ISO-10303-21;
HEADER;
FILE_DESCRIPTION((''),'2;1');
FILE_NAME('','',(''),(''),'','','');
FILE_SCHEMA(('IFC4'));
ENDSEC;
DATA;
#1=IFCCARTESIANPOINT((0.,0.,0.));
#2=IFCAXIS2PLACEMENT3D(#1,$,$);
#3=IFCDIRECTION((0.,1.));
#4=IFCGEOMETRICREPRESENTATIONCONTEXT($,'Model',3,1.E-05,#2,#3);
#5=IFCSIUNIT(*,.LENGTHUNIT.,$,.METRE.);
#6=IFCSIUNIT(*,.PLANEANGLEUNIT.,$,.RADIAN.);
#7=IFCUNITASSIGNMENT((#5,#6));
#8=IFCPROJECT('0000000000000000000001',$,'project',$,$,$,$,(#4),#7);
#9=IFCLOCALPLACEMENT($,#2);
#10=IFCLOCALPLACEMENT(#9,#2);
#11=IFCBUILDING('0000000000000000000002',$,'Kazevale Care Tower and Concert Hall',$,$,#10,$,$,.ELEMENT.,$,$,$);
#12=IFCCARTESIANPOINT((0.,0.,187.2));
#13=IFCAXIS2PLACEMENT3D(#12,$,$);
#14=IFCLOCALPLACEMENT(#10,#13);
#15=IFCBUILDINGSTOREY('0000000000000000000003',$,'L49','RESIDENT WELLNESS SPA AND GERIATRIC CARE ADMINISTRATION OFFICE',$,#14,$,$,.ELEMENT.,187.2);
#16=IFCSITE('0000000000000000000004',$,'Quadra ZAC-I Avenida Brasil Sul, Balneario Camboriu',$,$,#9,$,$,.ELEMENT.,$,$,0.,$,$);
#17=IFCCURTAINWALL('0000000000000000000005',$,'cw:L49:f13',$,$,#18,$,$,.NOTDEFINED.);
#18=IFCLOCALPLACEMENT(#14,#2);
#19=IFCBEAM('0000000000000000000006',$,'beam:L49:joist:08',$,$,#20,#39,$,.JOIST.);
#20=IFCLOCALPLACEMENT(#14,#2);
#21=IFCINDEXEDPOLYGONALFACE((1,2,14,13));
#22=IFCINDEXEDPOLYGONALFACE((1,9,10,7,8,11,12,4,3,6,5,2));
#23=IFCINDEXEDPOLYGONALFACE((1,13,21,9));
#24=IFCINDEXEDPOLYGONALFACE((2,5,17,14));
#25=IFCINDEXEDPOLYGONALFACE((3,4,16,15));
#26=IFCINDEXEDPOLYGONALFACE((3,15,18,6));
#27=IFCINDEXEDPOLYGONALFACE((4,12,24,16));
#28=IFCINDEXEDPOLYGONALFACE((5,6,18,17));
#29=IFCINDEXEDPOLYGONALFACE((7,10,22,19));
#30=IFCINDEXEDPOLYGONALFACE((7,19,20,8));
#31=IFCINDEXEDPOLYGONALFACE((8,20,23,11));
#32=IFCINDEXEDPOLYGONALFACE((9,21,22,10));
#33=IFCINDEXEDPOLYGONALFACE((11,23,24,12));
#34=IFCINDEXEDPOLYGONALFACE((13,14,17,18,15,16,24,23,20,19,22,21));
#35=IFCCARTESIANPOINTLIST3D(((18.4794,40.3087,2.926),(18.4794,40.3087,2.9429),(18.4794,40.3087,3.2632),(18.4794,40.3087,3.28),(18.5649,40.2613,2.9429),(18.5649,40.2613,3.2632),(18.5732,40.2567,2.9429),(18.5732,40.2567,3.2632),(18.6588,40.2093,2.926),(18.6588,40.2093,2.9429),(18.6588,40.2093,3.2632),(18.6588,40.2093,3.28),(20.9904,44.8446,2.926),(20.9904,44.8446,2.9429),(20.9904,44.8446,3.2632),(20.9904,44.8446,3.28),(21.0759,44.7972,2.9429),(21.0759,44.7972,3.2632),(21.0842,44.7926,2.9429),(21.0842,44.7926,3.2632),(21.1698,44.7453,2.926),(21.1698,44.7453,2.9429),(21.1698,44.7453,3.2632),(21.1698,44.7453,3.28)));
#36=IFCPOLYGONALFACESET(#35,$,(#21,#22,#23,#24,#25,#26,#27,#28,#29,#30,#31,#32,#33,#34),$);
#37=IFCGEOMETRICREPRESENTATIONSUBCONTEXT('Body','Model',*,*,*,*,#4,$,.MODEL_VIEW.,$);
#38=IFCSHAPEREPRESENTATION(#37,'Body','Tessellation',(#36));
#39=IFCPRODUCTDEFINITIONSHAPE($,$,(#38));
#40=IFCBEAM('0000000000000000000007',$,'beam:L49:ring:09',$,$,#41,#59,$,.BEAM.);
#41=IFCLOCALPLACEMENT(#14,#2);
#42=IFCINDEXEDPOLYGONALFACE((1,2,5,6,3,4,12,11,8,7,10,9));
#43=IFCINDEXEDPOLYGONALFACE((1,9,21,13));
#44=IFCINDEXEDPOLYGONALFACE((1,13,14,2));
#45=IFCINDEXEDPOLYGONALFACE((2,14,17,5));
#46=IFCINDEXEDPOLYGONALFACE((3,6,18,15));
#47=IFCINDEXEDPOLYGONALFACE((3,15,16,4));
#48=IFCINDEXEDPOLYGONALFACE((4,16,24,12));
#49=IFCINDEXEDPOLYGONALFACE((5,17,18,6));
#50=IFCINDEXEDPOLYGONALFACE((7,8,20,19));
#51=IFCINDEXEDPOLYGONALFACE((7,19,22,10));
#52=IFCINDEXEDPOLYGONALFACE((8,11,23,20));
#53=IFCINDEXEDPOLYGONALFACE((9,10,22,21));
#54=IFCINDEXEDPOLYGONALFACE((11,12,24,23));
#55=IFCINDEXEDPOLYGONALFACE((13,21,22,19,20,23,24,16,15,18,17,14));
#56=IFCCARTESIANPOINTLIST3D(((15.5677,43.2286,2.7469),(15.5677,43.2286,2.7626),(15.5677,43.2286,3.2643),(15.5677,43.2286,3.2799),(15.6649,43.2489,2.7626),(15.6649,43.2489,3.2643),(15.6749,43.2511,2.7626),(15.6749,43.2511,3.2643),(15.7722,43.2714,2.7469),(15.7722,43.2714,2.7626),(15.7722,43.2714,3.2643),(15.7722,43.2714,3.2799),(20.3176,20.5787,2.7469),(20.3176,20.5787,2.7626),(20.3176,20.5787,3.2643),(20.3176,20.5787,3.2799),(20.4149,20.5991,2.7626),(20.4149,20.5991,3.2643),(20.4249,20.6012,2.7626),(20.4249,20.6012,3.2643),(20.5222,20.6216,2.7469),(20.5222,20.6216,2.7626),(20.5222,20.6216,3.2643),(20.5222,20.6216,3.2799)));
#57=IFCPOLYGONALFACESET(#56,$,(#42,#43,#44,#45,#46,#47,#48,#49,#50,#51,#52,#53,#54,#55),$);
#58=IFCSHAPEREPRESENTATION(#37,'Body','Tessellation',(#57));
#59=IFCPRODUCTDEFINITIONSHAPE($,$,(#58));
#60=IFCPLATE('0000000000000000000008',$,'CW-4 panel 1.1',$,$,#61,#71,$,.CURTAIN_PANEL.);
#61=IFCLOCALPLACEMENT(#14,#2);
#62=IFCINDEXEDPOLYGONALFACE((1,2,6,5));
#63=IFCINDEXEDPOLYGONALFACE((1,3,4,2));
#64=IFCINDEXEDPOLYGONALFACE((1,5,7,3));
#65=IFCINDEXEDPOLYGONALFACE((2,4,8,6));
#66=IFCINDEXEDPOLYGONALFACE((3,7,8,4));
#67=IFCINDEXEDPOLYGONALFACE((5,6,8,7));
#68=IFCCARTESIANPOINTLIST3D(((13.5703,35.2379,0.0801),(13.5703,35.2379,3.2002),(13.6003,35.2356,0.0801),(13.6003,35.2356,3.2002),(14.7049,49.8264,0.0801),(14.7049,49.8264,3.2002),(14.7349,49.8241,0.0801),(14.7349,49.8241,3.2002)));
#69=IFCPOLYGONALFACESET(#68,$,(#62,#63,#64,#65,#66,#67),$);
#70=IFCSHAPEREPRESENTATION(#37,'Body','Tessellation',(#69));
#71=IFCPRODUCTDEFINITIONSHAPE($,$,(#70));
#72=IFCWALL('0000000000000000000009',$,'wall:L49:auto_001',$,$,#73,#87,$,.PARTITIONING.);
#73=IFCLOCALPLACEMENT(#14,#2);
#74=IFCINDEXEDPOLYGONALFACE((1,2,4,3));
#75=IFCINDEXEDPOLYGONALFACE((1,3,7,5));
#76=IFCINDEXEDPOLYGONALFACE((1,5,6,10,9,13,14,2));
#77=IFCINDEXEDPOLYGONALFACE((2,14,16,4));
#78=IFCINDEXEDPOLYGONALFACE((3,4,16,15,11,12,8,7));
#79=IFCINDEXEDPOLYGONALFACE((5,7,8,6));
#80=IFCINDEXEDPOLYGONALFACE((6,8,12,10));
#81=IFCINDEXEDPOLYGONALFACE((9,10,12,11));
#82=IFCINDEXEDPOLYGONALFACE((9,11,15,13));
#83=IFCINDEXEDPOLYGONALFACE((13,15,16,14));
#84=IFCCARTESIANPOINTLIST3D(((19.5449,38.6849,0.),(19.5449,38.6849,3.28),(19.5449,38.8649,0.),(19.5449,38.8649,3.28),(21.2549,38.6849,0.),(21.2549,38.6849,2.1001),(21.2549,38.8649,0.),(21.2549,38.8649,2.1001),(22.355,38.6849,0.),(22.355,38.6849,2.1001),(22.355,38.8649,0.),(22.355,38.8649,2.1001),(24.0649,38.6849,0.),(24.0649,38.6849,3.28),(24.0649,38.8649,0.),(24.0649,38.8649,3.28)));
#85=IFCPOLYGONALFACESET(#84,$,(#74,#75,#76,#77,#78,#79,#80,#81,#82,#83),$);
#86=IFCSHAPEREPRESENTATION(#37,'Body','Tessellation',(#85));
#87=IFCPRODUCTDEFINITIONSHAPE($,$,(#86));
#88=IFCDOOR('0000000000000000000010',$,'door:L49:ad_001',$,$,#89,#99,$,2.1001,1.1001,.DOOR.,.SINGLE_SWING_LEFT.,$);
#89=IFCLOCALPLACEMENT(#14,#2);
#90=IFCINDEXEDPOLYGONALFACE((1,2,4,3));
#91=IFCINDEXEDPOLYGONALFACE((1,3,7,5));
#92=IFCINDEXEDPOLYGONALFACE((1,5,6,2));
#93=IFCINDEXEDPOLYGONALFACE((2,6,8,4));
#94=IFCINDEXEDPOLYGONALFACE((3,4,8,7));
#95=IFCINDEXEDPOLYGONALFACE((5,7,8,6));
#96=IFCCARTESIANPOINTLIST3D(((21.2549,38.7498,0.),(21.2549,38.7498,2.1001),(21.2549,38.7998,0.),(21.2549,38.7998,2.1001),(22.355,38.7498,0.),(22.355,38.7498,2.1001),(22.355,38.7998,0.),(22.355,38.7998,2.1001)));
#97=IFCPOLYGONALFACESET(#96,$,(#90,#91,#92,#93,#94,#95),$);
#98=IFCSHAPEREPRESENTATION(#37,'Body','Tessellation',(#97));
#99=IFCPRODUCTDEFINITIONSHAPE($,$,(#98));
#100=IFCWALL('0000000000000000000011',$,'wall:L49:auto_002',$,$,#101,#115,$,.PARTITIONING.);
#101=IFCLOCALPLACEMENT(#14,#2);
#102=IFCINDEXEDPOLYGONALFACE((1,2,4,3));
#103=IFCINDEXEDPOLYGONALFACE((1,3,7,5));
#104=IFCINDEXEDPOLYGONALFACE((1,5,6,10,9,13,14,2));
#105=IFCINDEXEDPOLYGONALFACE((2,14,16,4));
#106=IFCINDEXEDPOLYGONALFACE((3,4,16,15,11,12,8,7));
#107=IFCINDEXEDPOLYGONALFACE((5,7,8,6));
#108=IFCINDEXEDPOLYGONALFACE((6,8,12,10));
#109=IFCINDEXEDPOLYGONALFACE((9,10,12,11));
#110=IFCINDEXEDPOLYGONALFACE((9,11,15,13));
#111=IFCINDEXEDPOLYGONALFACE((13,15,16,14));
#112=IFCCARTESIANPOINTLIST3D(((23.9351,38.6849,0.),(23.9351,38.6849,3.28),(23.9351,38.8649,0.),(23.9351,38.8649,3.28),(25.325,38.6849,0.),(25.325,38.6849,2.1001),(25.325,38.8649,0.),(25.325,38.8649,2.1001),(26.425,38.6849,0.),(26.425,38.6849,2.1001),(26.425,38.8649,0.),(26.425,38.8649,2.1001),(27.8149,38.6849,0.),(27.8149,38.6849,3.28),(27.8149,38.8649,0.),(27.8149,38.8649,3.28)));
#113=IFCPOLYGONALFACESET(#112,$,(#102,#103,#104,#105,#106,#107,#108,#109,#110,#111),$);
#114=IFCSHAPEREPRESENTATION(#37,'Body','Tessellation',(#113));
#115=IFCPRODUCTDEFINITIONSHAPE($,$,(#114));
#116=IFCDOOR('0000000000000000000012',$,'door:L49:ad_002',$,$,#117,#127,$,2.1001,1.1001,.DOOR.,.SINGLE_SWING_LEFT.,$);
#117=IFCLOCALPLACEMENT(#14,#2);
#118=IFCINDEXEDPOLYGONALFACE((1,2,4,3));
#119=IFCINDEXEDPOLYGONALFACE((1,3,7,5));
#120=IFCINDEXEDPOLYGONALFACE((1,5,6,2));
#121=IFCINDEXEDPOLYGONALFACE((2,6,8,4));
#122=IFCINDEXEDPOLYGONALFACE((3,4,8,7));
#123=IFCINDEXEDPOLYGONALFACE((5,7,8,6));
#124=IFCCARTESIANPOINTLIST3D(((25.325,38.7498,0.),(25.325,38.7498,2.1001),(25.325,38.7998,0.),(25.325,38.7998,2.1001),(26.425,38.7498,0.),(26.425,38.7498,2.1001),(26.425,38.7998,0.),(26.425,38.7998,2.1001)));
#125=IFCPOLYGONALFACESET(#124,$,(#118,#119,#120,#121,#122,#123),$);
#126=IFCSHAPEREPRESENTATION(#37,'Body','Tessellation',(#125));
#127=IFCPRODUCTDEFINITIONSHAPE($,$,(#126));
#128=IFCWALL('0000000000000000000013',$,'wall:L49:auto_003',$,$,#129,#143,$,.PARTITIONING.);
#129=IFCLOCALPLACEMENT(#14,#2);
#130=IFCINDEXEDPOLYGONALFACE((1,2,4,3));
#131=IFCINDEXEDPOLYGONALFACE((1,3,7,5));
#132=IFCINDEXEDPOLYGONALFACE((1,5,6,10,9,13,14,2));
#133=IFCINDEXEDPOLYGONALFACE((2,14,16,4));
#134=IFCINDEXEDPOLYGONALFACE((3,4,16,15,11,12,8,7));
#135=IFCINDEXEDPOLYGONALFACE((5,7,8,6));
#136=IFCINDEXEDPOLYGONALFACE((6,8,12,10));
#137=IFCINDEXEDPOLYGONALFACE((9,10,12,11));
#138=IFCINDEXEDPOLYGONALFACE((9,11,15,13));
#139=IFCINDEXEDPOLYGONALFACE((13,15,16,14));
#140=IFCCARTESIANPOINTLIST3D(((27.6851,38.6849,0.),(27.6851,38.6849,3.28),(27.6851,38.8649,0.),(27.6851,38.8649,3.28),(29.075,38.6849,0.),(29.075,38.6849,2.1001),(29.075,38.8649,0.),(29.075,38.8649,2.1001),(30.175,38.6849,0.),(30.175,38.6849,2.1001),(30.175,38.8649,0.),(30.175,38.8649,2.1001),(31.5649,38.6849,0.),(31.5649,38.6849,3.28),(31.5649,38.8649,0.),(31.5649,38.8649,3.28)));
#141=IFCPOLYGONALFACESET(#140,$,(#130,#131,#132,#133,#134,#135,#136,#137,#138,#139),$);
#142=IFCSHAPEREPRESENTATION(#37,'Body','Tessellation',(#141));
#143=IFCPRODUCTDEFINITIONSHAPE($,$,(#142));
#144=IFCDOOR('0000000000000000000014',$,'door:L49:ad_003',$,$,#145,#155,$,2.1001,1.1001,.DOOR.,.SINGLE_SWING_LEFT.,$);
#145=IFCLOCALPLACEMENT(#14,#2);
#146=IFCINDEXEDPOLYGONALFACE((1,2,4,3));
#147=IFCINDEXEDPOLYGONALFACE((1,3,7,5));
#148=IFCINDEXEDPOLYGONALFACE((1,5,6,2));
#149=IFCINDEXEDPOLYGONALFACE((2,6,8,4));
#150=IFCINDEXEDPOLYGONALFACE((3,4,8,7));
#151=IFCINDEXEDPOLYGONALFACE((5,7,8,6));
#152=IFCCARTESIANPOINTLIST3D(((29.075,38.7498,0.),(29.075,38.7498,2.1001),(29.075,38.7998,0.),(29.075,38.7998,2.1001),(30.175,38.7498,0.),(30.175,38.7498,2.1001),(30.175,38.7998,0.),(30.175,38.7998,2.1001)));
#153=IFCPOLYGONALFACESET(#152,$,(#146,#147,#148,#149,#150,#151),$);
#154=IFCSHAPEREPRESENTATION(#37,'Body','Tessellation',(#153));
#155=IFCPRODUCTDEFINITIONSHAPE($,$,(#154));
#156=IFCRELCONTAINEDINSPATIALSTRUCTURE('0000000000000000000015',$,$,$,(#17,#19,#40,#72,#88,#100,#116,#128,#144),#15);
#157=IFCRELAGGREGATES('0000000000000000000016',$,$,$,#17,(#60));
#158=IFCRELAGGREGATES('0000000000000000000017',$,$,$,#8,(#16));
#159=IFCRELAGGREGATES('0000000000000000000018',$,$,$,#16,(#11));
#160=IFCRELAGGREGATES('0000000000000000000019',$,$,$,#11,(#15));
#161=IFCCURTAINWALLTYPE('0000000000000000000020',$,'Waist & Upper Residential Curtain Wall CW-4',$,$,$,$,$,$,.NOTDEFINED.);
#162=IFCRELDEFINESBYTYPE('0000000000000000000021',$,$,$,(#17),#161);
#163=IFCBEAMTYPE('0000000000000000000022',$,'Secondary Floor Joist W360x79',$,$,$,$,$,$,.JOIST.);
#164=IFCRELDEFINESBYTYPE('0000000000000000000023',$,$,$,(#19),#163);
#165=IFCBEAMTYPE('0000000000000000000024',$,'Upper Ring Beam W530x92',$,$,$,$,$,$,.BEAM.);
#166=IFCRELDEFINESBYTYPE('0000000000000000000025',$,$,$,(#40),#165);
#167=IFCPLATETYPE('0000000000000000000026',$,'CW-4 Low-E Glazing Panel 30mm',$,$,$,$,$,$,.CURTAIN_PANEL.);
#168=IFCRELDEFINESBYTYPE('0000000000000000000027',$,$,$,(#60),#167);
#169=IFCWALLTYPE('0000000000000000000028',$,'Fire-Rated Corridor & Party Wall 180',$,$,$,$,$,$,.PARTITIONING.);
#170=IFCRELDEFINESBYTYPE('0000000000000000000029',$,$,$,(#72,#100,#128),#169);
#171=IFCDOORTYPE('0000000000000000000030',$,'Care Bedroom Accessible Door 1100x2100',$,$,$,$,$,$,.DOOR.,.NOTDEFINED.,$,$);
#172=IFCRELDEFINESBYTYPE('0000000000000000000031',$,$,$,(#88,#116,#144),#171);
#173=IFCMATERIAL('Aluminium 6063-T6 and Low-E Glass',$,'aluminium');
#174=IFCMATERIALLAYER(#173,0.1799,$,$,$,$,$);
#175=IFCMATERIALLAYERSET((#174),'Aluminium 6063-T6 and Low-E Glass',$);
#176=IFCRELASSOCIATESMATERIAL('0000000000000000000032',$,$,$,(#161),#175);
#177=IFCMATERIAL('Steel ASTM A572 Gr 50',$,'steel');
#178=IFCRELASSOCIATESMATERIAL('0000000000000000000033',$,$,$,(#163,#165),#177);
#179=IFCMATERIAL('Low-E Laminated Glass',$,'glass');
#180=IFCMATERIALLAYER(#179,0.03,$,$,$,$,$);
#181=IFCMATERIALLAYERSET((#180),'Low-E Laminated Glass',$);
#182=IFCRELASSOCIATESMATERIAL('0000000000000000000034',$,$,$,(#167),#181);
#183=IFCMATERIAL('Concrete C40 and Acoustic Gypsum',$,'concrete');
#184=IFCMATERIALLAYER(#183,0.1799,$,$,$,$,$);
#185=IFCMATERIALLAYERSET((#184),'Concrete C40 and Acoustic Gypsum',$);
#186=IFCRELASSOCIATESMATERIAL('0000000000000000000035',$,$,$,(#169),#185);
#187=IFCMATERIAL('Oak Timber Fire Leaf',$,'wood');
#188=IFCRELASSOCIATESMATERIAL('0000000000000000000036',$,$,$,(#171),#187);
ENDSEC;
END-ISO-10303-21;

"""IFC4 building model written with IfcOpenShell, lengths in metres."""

from ifc_helpers import new_model, si_unit, direction, frame, frame_2d, origin, origin_2d, place, context, subcontext, project, spatial, rectangle, i_section, extrude, material, layer, layer_set, material_profile, profile_set, type_object, element, fill, aggregate, save


model = new_model("IFC4")

# Units and contexts
model_context = context("Model", 3, precision=1e-05, world=origin(), true_north=direction((0.0, 1.0)))
body_context = subcontext(model_context, "Body", "Model", "MODEL_VIEW")
ifc_project = project(units=[si_unit("LENGTHUNIT", "METRE"), si_unit("PLANEANGLEUNIT", "RADIAN")], contexts=[model_context])

# Site, building, storey
site_placement = place(None, origin())
site = spatial("IfcSite", under=ifc_project, at=site_placement, Name="Quadra ZAC-I Avenida Brasil Sul, Balneario Camboriu", CompositionType="ELEMENT", RefElevation=0.0)
building_placement = place(site_placement, origin())
building = spatial("IfcBuilding", under=site, at=building_placement, Name="Kazevale Care Tower and Concert Hall", CompositionType="ELEMENT")
storey_placement = place(building_placement, frame((0.0, 0.0, 187.2)))
storey = spatial("IfcBuildingStorey", under=building, at=storey_placement, Name="L49", Description="RESIDENT WELLNESS SPA AND GERIATRIC CARE ADMINISTRATION OFFICE", CompositionType="ELEMENT", Elevation=187.2)

# Curtain wall
ifc_material_1 = material(Name="Aluminium 6063-T6 and Low-E Glass", Category="aluminium")
ifc_layer_1 = layer(ifc_material_1, 0.1799)
ifc_layer_set_1 = layer_set([ifc_layer_1], Name="Aluminium 6063-T6 and Low-E Glass")
curtain_wall_type = type_object("IfcCurtainWallType", Name="Waist & Upper Residential Curtain Wall CW-4", PredefinedType="NOTDEFINED", material=ifc_layer_set_1)
curtain_wall_1_placement = place(storey_placement, origin())
curtain_wall_1 = element("IfcCurtainWall", 1, at=curtain_wall_1_placement, inside=storey, type_object=curtain_wall_type, Name="cw:L49:f13", PredefinedType="NOTDEFINED")

# Beams
ifc_material_2 = material(Name="Steel ASTM A572 Gr 50", Category="steel")
ifc_material_profile_1 = material_profile(ifc_material_2, i_section(OverallWidth=0.2051, OverallDepth=0.354, WebThickness=0.0095, FlangeThickness=0.0168, at=origin_2d()), Name="W360x79")
ifc_profile_set_1 = profile_set([ifc_material_profile_1], Name="Steel ASTM A572 Gr 50")
beam_type_1 = type_object("IfcBeamType", Name="Secondary Floor Joist W360x79", PredefinedType="JOIST", material=ifc_profile_set_1)
beam_1_placement = place(storey_placement, frame((21.0801, 44.7949, 3.103), z_axis=(-0.484323, -0.874889, 0.0), x_axis=(0.874889, -0.484323, 0.0)))
element("IfcBeam", 2, at=beam_1_placement, inside=storey, type_object=beam_type_1, Name="beam:L49:joist:08", PredefinedType="JOIST", context=body_context, shape_type="SweptSolid", body=[
    extrude(i_section(OverallWidth=0.2051, OverallDepth=0.354, WebThickness=0.0095, FlangeThickness=0.0168, at=origin_2d()), origin(), (0.0, 0.0, 1.0), 5.1846),
])
ifc_material_profile_2 = material_profile(ifc_material_2, i_section(OverallWidth=0.209, OverallDepth=0.533, WebThickness=0.0103, FlangeThickness=0.0156, at=origin_2d()), Name="W530x92")
ifc_profile_set_2 = profile_set([ifc_material_profile_2], Name="Steel ASTM A572 Gr 50")
beam_type_2 = type_object("IfcBeamType", Name="Upper Ring Beam W530x92", PredefinedType="BEAM", material=ifc_profile_set_2)
beam_2_placement = place(storey_placement, frame((15.6699, 43.25, 3.0134), z_axis=(0.205249, -0.97871, 0.0), x_axis=(0.97871, 0.205249, 0.0)))
element("IfcBeam", 3, at=beam_2_placement, inside=storey, type_object=beam_type_2, Name="beam:L49:ring:09", PredefinedType="BEAM", context=body_context, shape_type="SweptSolid", body=[
    extrude(i_section(OverallWidth=0.209, OverallDepth=0.533, WebThickness=0.0103, FlangeThickness=0.0156, at=origin_2d()), origin(), (0.0, 0.0, 1.0), 23.1426),
])

# Plate
ifc_material_3 = material(Name="Low-E Laminated Glass", Category="glass")
ifc_layer_2 = layer(ifc_material_3, 0.03)
ifc_layer_set_2 = layer_set([ifc_layer_2], Name="Low-E Laminated Glass")
plate_type = type_object("IfcPlateType", Name="CW-4 Low-E Glazing Panel 30mm", PredefinedType="CURTAIN_PANEL", material=ifc_layer_set_2)
plate_placement = place(storey_placement, frame((14.1526, 42.531, 0.0801), z_axis=(0.0, 0.0, 1.0), x_axis=(0.077539, 0.996989, 0.0)))
plate = element("IfcPlate", 4, at=plate_placement, type_object=plate_type, Name="CW-4 panel 1.1", PredefinedType="CURTAIN_PANEL", context=body_context, shape_type="SweptSolid", body=[
    extrude(rectangle(XDim=14.6326, YDim=0.03, at=origin_2d()), origin(), (0.0, 0.0, 1.0), 3.1201),
])
aggregate(curtain_wall_1, [plate])

# Walls, openings, doors
ifc_material_4 = material(Name="Concrete C40 and Acoustic Gypsum", Category="concrete")
ifc_layer_3 = layer(ifc_material_4, 0.1799)
ifc_layer_set_3 = layer_set([ifc_layer_3], Name="Concrete C40 and Acoustic Gypsum")
wall_type = type_object("IfcWallType", Name="Fire-Rated Corridor & Party Wall 180", PredefinedType="PARTITIONING", material=ifc_layer_set_3)
wall_1_placement = place(storey_placement, frame((19.5449, 38.7749, 0.0), z_axis=(0.0, 0.0, 1.0), x_axis=(1.0, 0.0, 0.0)))
wall_1 = element("IfcWall", 5, at=wall_1_placement, inside=storey, type_object=wall_type, Name="wall:L49:auto_001", PredefinedType="PARTITIONING", context=body_context, shape_type="SweptSolid", body=[
    extrude(rectangle(XDim=4.52, YDim=0.1799, at=frame_2d((2.26, 0.0))), origin(), (0.0, 0.0, 1.0), 3.28),
])
opening_1_placement = place(wall_1_placement, frame((1.71, 0.0, 0.0)))
opening_1 = element("IfcOpeningElement", 6, at=opening_1_placement, cuts=wall_1, PredefinedType="OPENING", context=body_context, shape_type="SweptSolid", body=[
    extrude(rectangle(XDim=1.1001, YDim=2.1001, at=frame_2d((0.55, 1.05))), frame((0.0, 0.0999, 0.0), z_axis=(0.0, -1.0, 0.0), x_axis=(1.0, 0.0, 0.0)), (0.0, 0.0, 1.0), 0.2),
])
ifc_material_5 = material(Name="Oak Timber Fire Leaf", Category="wood")
door_type = type_object("IfcDoorType", Name="Care Bedroom Accessible Door 1100x2100", OperationType="NOTDEFINED", PredefinedType="DOOR", material=ifc_material_5)
door_1_placement = place(opening_1_placement, origin())
door_1 = element("IfcDoor", 7, at=door_1_placement, inside=storey, type_object=door_type, Name="door:L49:ad_001", OperationType="SINGLE_SWING_LEFT", OverallHeight=2.1001, OverallWidth=1.1001, PredefinedType="DOOR", context=body_context, shape_type="SweptSolid", body=[
    extrude(rectangle(XDim=1.1001, YDim=2.1001, at=frame_2d((0.55, 1.05))), frame((0.0, 0.0249, 0.0), z_axis=(0.0, -1.0, 0.0), x_axis=(1.0, 0.0, 0.0)), (0.0, 0.0, 1.0), 0.05),
])
fill(opening_1, door_1)
wall_2_placement = place(storey_placement, frame((23.9351, 38.7749, 0.0), z_axis=(0.0, 0.0, 1.0), x_axis=(1.0, 0.0, 0.0)))
wall_2 = element("IfcWall", 8, at=wall_2_placement, inside=storey, type_object=wall_type, Name="wall:L49:auto_002", PredefinedType="PARTITIONING", context=body_context, shape_type="SweptSolid", body=[
    extrude(rectangle(XDim=3.8799, YDim=0.1799, at=frame_2d((1.9399, 0.0))), origin(), (0.0, 0.0, 1.0), 3.28),
])
opening_2_placement = place(wall_2_placement, frame((1.3899, 0.0, 0.0)))
opening_2 = element("IfcOpeningElement", 9, at=opening_2_placement, cuts=wall_2, PredefinedType="OPENING", context=body_context, shape_type="SweptSolid", body=[
    extrude(rectangle(XDim=1.1001, YDim=2.1001, at=frame_2d((0.55, 1.05))), frame((0.0, 0.0999, 0.0), z_axis=(0.0, -1.0, 0.0), x_axis=(1.0, 0.0, 0.0)), (0.0, 0.0, 1.0), 0.2),
])
door_2_placement = place(opening_2_placement, origin())
door_2 = element("IfcDoor", 10, at=door_2_placement, inside=storey, type_object=door_type, Name="door:L49:ad_002", OperationType="SINGLE_SWING_LEFT", OverallHeight=2.1001, OverallWidth=1.1001, PredefinedType="DOOR", context=body_context, shape_type="SweptSolid", body=[
    extrude(rectangle(XDim=1.1001, YDim=2.1001, at=frame_2d((0.55, 1.05))), frame((0.0, 0.0249, 0.0), z_axis=(0.0, -1.0, 0.0), x_axis=(1.0, 0.0, 0.0)), (0.0, 0.0, 1.0), 0.05),
])
fill(opening_2, door_2)
wall_3_placement = place(storey_placement, frame((27.6851, 38.7749, 0.0), z_axis=(0.0, 0.0, 1.0), x_axis=(1.0, 0.0, 0.0)))
wall_3 = element("IfcWall", 11, at=wall_3_placement, inside=storey, type_object=wall_type, Name="wall:L49:auto_003", PredefinedType="PARTITIONING", context=body_context, shape_type="SweptSolid", body=[
    extrude(rectangle(XDim=3.8799, YDim=0.1799, at=frame_2d((1.9399, 0.0))), origin(), (0.0, 0.0, 1.0), 3.28),
])
opening_3_placement = place(wall_3_placement, frame((1.3899, 0.0, 0.0)))
opening_3 = element("IfcOpeningElement", 12, at=opening_3_placement, cuts=wall_3, PredefinedType="OPENING", context=body_context, shape_type="SweptSolid", body=[
    extrude(rectangle(XDim=1.1001, YDim=2.1001, at=frame_2d((0.55, 1.05))), frame((0.0, 0.0999, 0.0), z_axis=(0.0, -1.0, 0.0), x_axis=(1.0, 0.0, 0.0)), (0.0, 0.0, 1.0), 0.2),
])
door_3_placement = place(opening_3_placement, origin())
door_3 = element("IfcDoor", 13, at=door_3_placement, inside=storey, type_object=door_type, Name="door:L49:ad_003", OperationType="SINGLE_SWING_LEFT", OverallHeight=2.1001, OverallWidth=1.1001, PredefinedType="DOOR", context=body_context, shape_type="SweptSolid", body=[
    extrude(rectangle(XDim=1.1001, YDim=2.1001, at=frame_2d((0.55, 1.05))), frame((0.0, 0.0249, 0.0), z_axis=(0.0, -1.0, 0.0), x_axis=(1.0, 0.0, 0.0)), (0.0, 0.0, 1.0), 0.05),
])
fill(opening_3, door_3)

save(model, "model.ifc")
